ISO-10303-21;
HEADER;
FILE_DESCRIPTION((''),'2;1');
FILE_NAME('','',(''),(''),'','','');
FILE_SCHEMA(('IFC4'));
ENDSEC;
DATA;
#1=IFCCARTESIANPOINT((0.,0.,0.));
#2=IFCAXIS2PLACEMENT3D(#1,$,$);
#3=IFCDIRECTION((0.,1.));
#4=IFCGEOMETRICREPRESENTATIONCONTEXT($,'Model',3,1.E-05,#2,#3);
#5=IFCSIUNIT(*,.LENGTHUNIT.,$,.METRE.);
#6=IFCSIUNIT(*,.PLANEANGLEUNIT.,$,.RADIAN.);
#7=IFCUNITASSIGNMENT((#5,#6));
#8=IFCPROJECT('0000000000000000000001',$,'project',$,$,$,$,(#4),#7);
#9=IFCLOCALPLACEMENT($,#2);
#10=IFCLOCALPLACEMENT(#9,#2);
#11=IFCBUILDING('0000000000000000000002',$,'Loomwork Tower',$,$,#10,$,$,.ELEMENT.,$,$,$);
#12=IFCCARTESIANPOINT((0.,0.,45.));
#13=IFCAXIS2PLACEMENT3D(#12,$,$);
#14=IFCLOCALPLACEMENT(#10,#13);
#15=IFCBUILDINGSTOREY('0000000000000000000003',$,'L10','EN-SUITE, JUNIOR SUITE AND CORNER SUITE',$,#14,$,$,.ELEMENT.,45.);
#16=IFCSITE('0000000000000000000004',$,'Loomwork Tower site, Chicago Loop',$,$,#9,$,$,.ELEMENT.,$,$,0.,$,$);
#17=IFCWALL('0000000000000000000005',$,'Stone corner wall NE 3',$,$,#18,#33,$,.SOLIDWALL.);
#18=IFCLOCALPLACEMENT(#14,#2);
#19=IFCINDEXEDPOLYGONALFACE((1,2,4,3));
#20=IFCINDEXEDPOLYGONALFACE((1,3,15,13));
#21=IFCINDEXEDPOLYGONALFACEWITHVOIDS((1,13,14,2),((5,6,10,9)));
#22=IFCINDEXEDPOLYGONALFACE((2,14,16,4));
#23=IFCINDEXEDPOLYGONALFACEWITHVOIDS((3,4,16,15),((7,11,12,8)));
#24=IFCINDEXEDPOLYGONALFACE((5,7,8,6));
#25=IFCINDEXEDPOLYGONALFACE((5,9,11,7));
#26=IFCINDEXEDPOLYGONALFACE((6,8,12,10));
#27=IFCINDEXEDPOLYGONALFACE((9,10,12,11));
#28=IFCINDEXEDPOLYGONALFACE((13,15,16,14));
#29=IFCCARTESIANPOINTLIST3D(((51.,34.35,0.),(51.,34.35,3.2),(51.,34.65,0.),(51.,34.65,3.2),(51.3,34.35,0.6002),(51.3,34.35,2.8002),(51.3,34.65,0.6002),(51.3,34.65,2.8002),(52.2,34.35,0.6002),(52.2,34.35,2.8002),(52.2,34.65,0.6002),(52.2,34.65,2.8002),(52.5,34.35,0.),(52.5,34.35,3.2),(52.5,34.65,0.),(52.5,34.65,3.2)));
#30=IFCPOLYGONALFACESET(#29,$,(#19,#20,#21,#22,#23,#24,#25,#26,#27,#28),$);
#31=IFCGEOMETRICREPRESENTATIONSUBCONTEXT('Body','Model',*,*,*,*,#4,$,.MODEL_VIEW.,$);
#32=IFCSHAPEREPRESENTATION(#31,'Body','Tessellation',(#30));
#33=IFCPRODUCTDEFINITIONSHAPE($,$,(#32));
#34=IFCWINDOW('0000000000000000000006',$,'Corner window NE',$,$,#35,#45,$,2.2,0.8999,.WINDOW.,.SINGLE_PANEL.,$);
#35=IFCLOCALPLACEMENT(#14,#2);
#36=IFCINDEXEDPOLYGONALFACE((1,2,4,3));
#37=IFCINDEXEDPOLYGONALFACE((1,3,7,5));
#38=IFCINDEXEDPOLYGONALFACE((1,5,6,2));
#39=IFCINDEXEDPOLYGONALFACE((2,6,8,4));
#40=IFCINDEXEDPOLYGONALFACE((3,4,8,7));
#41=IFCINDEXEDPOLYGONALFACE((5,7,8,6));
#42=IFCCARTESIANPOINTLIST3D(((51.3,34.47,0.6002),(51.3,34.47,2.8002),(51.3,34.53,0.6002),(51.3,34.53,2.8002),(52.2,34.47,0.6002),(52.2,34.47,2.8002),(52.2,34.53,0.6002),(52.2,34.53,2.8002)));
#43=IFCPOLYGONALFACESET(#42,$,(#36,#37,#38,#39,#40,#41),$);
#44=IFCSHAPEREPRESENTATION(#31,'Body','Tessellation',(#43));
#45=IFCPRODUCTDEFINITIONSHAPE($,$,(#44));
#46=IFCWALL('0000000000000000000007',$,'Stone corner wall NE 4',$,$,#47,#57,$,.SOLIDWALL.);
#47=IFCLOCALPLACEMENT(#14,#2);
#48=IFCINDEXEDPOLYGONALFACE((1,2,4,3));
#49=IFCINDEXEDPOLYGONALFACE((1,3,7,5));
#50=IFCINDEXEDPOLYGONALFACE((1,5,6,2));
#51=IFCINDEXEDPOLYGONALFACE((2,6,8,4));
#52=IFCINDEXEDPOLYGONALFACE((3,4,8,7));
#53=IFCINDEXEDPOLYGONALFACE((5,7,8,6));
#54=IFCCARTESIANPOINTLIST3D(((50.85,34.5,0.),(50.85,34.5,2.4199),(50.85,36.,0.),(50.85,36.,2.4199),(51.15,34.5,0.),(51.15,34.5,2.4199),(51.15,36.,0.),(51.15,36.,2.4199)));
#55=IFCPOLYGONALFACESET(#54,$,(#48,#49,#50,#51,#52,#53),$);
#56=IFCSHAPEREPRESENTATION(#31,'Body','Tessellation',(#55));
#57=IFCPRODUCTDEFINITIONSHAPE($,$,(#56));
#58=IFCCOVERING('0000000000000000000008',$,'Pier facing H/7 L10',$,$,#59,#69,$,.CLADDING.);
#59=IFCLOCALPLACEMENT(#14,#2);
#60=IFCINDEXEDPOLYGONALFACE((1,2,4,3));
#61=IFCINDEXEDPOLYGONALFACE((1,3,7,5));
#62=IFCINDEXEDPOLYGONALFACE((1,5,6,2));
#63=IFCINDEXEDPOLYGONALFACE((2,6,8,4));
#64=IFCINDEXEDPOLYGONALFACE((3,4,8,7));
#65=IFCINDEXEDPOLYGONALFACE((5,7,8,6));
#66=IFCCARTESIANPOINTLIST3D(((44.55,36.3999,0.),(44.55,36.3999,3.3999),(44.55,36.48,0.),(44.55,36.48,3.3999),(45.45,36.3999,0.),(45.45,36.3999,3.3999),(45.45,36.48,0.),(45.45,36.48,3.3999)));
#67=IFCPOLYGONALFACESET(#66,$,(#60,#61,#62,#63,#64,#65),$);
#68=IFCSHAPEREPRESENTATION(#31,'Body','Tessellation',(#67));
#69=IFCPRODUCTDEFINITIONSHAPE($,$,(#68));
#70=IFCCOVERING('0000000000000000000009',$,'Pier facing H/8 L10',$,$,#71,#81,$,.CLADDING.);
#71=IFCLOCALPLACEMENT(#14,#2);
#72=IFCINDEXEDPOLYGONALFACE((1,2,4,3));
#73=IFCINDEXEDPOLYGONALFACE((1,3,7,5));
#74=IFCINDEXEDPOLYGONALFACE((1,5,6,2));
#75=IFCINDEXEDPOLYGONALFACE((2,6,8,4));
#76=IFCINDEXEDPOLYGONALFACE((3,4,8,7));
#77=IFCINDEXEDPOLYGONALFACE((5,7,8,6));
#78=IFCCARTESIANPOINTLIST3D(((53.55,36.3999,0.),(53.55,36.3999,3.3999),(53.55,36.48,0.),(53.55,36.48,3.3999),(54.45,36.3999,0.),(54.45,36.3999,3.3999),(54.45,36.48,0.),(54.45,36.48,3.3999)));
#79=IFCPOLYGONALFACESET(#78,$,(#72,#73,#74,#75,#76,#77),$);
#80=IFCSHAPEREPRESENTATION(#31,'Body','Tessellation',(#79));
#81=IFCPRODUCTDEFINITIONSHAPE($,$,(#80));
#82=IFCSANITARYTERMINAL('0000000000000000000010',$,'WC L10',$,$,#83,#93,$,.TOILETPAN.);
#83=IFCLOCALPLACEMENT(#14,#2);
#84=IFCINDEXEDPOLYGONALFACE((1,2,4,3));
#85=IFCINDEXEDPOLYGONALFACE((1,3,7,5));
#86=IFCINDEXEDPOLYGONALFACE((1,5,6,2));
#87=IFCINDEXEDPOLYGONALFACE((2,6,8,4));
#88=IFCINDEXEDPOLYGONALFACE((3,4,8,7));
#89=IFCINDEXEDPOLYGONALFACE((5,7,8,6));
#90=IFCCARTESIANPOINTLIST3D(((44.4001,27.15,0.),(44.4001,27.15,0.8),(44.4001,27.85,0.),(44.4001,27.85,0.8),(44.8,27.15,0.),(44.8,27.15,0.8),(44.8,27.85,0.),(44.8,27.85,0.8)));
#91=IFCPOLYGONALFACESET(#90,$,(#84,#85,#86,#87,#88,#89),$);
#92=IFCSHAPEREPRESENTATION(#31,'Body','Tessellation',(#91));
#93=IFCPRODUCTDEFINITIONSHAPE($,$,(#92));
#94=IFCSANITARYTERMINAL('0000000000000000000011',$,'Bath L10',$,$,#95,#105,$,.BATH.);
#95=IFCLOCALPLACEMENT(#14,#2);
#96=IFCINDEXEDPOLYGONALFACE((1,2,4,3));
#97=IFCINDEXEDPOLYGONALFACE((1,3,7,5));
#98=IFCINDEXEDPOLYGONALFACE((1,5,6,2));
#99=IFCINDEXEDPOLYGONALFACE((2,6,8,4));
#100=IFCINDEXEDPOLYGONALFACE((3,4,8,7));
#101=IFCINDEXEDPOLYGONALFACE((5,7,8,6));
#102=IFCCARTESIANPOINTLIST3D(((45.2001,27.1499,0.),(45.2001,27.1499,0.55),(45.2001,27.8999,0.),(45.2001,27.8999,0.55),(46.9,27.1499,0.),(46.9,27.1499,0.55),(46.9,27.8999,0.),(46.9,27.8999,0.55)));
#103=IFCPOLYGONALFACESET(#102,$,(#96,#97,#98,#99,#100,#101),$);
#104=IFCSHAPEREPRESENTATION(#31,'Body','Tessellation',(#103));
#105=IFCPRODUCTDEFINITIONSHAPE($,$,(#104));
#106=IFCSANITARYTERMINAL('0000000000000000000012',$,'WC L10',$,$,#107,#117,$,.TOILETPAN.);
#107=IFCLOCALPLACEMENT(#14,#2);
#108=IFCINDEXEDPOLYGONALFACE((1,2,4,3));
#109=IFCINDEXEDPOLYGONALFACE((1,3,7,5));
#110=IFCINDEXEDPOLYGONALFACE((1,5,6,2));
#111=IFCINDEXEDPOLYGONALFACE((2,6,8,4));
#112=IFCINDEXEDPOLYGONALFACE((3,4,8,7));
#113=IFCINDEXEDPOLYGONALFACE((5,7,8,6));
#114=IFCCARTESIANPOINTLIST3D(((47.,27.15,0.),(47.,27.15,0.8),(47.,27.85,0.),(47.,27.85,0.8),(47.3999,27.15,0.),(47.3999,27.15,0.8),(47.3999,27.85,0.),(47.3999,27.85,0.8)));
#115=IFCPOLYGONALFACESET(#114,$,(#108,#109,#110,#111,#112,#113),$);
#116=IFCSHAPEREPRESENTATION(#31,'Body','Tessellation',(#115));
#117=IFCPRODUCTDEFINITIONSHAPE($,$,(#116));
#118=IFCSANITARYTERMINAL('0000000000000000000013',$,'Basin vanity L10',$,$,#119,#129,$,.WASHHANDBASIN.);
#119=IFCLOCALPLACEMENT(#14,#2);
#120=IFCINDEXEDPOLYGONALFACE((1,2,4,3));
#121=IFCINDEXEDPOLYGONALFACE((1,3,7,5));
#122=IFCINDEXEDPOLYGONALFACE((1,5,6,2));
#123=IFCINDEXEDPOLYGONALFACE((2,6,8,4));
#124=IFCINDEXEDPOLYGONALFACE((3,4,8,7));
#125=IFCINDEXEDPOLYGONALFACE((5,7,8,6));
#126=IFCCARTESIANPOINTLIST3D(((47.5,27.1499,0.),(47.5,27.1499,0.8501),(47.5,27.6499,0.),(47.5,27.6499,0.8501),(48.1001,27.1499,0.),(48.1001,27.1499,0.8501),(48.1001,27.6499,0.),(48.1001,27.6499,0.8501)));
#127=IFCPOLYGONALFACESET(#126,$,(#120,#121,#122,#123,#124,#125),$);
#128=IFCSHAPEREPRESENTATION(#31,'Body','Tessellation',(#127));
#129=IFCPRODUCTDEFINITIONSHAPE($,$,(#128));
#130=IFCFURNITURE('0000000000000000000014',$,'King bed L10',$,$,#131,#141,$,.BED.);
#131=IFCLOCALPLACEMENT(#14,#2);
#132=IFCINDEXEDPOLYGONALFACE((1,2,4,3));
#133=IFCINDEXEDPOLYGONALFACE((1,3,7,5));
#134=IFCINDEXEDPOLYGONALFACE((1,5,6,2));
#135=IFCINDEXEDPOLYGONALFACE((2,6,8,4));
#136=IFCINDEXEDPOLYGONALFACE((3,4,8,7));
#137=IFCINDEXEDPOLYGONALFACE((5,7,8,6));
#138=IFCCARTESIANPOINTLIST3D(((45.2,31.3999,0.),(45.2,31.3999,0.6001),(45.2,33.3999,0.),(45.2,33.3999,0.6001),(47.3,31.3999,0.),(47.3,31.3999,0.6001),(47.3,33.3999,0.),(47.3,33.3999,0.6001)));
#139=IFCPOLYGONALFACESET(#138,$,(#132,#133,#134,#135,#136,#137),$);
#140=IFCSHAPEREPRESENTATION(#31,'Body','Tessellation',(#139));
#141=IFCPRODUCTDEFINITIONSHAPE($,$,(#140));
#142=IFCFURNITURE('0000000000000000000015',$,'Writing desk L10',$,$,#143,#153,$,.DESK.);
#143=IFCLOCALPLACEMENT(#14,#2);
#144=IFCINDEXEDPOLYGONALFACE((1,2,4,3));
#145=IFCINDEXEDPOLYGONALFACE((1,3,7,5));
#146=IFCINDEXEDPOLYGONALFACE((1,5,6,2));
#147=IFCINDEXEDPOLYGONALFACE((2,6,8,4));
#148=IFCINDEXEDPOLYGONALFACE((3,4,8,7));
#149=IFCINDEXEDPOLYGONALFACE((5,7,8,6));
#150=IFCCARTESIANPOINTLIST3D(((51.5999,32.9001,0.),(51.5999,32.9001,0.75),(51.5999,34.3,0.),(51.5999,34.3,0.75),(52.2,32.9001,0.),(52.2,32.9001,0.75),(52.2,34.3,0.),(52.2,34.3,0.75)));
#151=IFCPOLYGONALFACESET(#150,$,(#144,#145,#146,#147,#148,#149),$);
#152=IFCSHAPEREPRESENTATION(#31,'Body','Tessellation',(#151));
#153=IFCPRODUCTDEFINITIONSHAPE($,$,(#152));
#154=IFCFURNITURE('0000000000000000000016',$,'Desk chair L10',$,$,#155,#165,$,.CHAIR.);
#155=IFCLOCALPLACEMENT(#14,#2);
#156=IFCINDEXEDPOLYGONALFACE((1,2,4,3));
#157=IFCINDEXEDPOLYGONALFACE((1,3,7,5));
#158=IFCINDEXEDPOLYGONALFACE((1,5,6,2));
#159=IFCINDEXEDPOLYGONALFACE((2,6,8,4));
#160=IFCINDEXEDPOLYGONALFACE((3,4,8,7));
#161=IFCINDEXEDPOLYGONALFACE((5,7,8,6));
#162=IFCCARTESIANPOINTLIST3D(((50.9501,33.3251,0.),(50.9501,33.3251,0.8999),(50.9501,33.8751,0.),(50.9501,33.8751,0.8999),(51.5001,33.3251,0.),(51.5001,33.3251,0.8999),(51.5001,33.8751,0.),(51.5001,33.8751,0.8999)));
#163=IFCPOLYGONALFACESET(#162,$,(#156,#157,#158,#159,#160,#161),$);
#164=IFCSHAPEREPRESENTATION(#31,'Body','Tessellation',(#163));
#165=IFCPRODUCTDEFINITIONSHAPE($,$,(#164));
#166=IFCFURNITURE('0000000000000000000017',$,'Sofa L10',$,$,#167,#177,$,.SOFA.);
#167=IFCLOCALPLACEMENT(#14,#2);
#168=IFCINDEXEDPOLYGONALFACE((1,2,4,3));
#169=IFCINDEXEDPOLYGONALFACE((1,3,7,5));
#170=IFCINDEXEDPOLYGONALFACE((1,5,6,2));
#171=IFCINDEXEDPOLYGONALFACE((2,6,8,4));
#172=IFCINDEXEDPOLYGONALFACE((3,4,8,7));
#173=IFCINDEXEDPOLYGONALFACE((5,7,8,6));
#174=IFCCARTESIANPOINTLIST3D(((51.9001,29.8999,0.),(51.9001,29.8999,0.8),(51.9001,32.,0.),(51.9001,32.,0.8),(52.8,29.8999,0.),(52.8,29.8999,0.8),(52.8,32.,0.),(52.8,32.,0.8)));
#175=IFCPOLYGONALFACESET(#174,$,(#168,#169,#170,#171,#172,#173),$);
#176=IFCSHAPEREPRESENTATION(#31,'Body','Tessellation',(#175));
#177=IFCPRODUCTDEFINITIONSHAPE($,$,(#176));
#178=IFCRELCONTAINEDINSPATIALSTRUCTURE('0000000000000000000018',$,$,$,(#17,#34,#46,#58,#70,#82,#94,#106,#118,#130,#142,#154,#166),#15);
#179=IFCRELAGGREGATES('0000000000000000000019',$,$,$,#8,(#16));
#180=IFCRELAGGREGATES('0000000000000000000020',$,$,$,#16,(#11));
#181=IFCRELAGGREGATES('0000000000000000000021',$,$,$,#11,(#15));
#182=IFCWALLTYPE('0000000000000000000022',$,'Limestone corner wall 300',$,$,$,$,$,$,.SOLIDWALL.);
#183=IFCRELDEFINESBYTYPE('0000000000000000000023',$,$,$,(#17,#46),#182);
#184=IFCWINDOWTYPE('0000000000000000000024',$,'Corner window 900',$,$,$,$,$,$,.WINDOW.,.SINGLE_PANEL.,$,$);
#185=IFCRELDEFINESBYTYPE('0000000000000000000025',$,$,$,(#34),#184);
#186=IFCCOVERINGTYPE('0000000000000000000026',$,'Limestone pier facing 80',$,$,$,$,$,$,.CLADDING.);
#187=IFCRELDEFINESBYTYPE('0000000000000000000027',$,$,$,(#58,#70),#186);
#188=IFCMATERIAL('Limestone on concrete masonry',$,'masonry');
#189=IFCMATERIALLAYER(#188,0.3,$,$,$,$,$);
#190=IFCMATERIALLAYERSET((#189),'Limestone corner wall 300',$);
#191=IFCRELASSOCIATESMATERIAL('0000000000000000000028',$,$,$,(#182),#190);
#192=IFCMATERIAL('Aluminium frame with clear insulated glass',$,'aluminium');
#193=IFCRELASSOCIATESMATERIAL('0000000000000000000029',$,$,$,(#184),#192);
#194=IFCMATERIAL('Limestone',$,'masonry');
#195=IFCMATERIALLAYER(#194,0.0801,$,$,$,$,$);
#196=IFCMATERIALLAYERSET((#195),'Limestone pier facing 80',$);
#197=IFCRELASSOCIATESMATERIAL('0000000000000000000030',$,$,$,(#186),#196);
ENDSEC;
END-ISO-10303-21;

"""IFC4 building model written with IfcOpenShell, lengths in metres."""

from ifc_helpers import new_model, si_unit, direction, frame, frame_2d, origin, origin_2d, place, context, subcontext, project, spatial, rectangle, extrude, material, layer, layer_set, type_object, element, fill, save


model = new_model("IFC4")

# Units and contexts
model_context = context("Model", 3, precision=1e-05, world=origin(), true_north=direction((0.0, 1.0)))
body_context = subcontext(model_context, "Body", "Model", "MODEL_VIEW")
ifc_project = project(units=[si_unit("LENGTHUNIT", "METRE"), si_unit("PLANEANGLEUNIT", "RADIAN")], contexts=[model_context])

# Site, building, storey
site_placement = place(None, origin())
site = spatial("IfcSite", under=ifc_project, at=site_placement, Name="Loomwork Tower site, Chicago Loop", CompositionType="ELEMENT", RefElevation=0.0)
building_placement = place(site_placement, origin())
building = spatial("IfcBuilding", under=site, at=building_placement, Name="Loomwork Tower", CompositionType="ELEMENT")
storey_placement = place(building_placement, frame((0.0, 0.0, 45.0)))
storey = spatial("IfcBuildingStorey", under=building, at=storey_placement, Name="L10", Description="EN-SUITE, JUNIOR SUITE AND CORNER SUITE", CompositionType="ELEMENT", Elevation=45.0)

# Shared definitions
ifc_material_1 = material(Name="Limestone on concrete masonry", Category="masonry")
ifc_layer_1 = layer(ifc_material_1, 0.3)
ifc_layer_set_1 = layer_set([ifc_layer_1], Name="Limestone corner wall 300")
wall_type_1 = type_object("IfcWallType", Name="Limestone corner wall 300", PredefinedType="SOLIDWALL", material=ifc_layer_set_1)

# Wall, opening, window
ifc_material_2 = material(Name="Aluminium frame with clear insulated glass", Category="aluminium")
window_type_1 = type_object("IfcWindowType", Name="Corner window 900", PartitioningType="SINGLE_PANEL", PredefinedType="WINDOW", material=ifc_material_2)
wall_1_placement = place(storey_placement, frame((52.5, 34.5, 0.0), z_axis=(0.0, 0.0, 1.0), x_axis=(-1.0, 0.0, 0.0)))
wall_1 = element("IfcWall", 1, at=wall_1_placement, inside=storey, type_object=wall_type_1, Name="Stone corner wall NE 3", PredefinedType="SOLIDWALL", context=body_context, shape_type="SweptSolid", body=[
    extrude(rectangle(XDim=1.5, YDim=0.3, at=frame_2d((0.75, 0.0))), origin(), (0.0, 0.0, 1.0), 3.2),
])
opening_1_placement = place(wall_1_placement, frame((0.3, 0.0, 0.6001)))
opening_1 = element("IfcOpeningElement", 2, at=opening_1_placement, cuts=wall_1, PredefinedType="OPENING", context=body_context, shape_type="SweptSolid", body=[
    extrude(rectangle(XDim=0.8999, YDim=2.2, at=frame_2d((0.45, 1.1001))), frame((0.0, 0.1599, 0.0), z_axis=(0.0, -1.0, 0.0), x_axis=(1.0, 0.0, 0.0)), (0.0, 0.0, 1.0), 0.3201),
])
window_1_placement = place(opening_1_placement, origin())
window_1 = element("IfcWindow", 3, at=window_1_placement, inside=storey, type_object=window_type_1, Name="Corner window NE", OverallHeight=2.2, OverallWidth=0.8999, PartitioningType="SINGLE_PANEL", PredefinedType="WINDOW", context=body_context, shape_type="SweptSolid", body=[
    extrude(rectangle(XDim=0.8999, YDim=2.2, at=frame_2d((0.45, 1.1001))), frame((0.0, 0.03, 0.0), z_axis=(0.0, -1.0, 0.0), x_axis=(1.0, 0.0, 0.0)), (0.0, 0.0, 1.0), 0.0601),
])
fill(opening_1, window_1)

# Wall
wall_2_placement = place(storey_placement, frame((51.0, 34.5, 0.0), z_axis=(0.0, 0.0, 1.0), x_axis=(0.0, 1.0, 0.0)))
element("IfcWall", 4, at=wall_2_placement, inside=storey, type_object=wall_type_1, Name="Stone corner wall NE 4", PredefinedType="SOLIDWALL", context=body_context, shape_type="SweptSolid", body=[
    extrude(rectangle(XDim=1.5, YDim=0.3, at=frame_2d((0.75, 0.0))), origin(), (0.0, 0.0, 1.0), 2.4199),
])

# Coverings
ifc_material_3 = material(Name="Limestone", Category="masonry")
ifc_layer_2 = layer(ifc_material_3, 0.0801)
ifc_layer_set_2 = layer_set([ifc_layer_2], Name="Limestone pier facing 80")
covering_type = type_object("IfcCoveringType", Name="Limestone pier facing 80", PredefinedType="CLADDING", material=ifc_layer_set_2)
for number, where, z_axis, x_axis, name in (
    (5, (45.0, 36.4399, 0.0), (0.0, 0.0, 1.0), (1.0, 0.0, 0.0), "Pier facing H/7 L10"),
    (6, (54.0, 36.4399, 0.0), (0.0, 0.0, 1.0), (1.0, 0.0, 0.0), "Pier facing H/8 L10"),
):
    element("IfcCovering", number, at=place(storey_placement, frame(where, z_axis=z_axis, x_axis=x_axis)), inside=storey, type_object=covering_type, Name=name, PredefinedType="CLADDING", context=body_context, shape_type="SweptSolid", body=[
        extrude(rectangle(XDim=0.8999, YDim=0.0801, at=origin_2d()), origin(), (0.0, 0.0, 1.0), 3.3999),
    ])

# Sanitary terminals
sanitary_terminal_1_placement = place(storey_placement, frame((44.6001, 27.5, 0.0), z_axis=(0.0, 0.0, 1.0), x_axis=(1.0, 0.0, 0.0)))
element("IfcSanitaryTerminal", 7, at=sanitary_terminal_1_placement, inside=storey, Name="WC L10", PredefinedType="TOILETPAN", context=body_context, shape_type="SweptSolid", body=[
    extrude(rectangle(XDim=0.3999, YDim=0.7, at=origin_2d()), origin(), (0.0, 0.0, 1.0), 0.8),
])
sanitary_terminal_2_placement = place(storey_placement, frame((46.05, 27.5249, 0.0), z_axis=(0.0, 0.0, 1.0), x_axis=(1.0, 0.0, 0.0)))
element("IfcSanitaryTerminal", 8, at=sanitary_terminal_2_placement, inside=storey, Name="Bath L10", PredefinedType="BATH", context=body_context, shape_type="SweptSolid", body=[
    extrude(rectangle(XDim=1.7, YDim=0.75, at=origin_2d()), origin(), (0.0, 0.0, 1.0), 0.55),
])
sanitary_terminal_3_placement = place(storey_placement, frame((47.2, 27.5, 0.0), z_axis=(0.0, 0.0, 1.0), x_axis=(1.0, 0.0, 0.0)))
element("IfcSanitaryTerminal", 9, at=sanitary_terminal_3_placement, inside=storey, Name="WC L10", PredefinedType="TOILETPAN", context=body_context, shape_type="SweptSolid", body=[
    extrude(rectangle(XDim=0.3999, YDim=0.7, at=origin_2d()), origin(), (0.0, 0.0, 1.0), 0.8),
])
sanitary_terminal_4_placement = place(storey_placement, frame((47.8, 27.3999, 0.0), z_axis=(0.0, 0.0, 1.0), x_axis=(1.0, 0.0, 0.0)))
element("IfcSanitaryTerminal", 10, at=sanitary_terminal_4_placement, inside=storey, Name="Basin vanity L10", PredefinedType="WASHHANDBASIN", context=body_context, shape_type="SweptSolid", body=[
    extrude(rectangle(XDim=0.6001, YDim=0.5, at=origin_2d()), origin(), (0.0, 0.0, 1.0), 0.8501),
])

# Furniture
furniture_1_placement = place(storey_placement, frame((46.25, 32.3999, 0.0), z_axis=(0.0, 0.0, 1.0), x_axis=(1.0, 0.0, 0.0)))
element("IfcFurniture", 11, at=furniture_1_placement, inside=storey, Name="King bed L10", PredefinedType="BED", context=body_context, shape_type="SweptSolid", body=[
    extrude(rectangle(XDim=2.1001, YDim=2.0, at=origin_2d()), origin(), (0.0, 0.0, 1.0), 0.6001),
])
furniture_2_placement = place(storey_placement, frame((51.8999, 33.6001, 0.0), z_axis=(0.0, 0.0, 1.0), x_axis=(1.0, 0.0, 0.0)))
element("IfcFurniture", 12, at=furniture_2_placement, inside=storey, Name="Writing desk L10", PredefinedType="DESK", context=body_context, shape_type="SweptSolid", body=[
    extrude(rectangle(XDim=0.6001, YDim=1.3999, at=origin_2d()), origin(), (0.0, 0.0, 1.0), 0.75),
])
furniture_3_placement = place(storey_placement, frame((51.2251, 33.6001, 0.0), z_axis=(0.0, 0.0, 1.0), x_axis=(1.0, 0.0, 0.0)))
element("IfcFurniture", 13, at=furniture_3_placement, inside=storey, Name="Desk chair L10", PredefinedType="CHAIR", context=body_context, shape_type="SweptSolid", body=[
    extrude(rectangle(XDim=0.55, YDim=0.55, at=origin_2d()), origin(), (0.0, 0.0, 1.0), 0.8999),
])
furniture_4_placement = place(storey_placement, frame((52.3501, 30.95, 0.0), z_axis=(0.0, 0.0, 1.0), x_axis=(1.0, 0.0, 0.0)))
element("IfcFurniture", 14, at=furniture_4_placement, inside=storey, Name="Sofa L10", PredefinedType="SOFA", context=body_context, shape_type="SweptSolid", body=[
    extrude(rectangle(XDim=0.8999, YDim=2.1001, at=origin_2d()), origin(), (0.0, 0.0, 1.0), 0.8),
])

save(model, "model.ifc")
